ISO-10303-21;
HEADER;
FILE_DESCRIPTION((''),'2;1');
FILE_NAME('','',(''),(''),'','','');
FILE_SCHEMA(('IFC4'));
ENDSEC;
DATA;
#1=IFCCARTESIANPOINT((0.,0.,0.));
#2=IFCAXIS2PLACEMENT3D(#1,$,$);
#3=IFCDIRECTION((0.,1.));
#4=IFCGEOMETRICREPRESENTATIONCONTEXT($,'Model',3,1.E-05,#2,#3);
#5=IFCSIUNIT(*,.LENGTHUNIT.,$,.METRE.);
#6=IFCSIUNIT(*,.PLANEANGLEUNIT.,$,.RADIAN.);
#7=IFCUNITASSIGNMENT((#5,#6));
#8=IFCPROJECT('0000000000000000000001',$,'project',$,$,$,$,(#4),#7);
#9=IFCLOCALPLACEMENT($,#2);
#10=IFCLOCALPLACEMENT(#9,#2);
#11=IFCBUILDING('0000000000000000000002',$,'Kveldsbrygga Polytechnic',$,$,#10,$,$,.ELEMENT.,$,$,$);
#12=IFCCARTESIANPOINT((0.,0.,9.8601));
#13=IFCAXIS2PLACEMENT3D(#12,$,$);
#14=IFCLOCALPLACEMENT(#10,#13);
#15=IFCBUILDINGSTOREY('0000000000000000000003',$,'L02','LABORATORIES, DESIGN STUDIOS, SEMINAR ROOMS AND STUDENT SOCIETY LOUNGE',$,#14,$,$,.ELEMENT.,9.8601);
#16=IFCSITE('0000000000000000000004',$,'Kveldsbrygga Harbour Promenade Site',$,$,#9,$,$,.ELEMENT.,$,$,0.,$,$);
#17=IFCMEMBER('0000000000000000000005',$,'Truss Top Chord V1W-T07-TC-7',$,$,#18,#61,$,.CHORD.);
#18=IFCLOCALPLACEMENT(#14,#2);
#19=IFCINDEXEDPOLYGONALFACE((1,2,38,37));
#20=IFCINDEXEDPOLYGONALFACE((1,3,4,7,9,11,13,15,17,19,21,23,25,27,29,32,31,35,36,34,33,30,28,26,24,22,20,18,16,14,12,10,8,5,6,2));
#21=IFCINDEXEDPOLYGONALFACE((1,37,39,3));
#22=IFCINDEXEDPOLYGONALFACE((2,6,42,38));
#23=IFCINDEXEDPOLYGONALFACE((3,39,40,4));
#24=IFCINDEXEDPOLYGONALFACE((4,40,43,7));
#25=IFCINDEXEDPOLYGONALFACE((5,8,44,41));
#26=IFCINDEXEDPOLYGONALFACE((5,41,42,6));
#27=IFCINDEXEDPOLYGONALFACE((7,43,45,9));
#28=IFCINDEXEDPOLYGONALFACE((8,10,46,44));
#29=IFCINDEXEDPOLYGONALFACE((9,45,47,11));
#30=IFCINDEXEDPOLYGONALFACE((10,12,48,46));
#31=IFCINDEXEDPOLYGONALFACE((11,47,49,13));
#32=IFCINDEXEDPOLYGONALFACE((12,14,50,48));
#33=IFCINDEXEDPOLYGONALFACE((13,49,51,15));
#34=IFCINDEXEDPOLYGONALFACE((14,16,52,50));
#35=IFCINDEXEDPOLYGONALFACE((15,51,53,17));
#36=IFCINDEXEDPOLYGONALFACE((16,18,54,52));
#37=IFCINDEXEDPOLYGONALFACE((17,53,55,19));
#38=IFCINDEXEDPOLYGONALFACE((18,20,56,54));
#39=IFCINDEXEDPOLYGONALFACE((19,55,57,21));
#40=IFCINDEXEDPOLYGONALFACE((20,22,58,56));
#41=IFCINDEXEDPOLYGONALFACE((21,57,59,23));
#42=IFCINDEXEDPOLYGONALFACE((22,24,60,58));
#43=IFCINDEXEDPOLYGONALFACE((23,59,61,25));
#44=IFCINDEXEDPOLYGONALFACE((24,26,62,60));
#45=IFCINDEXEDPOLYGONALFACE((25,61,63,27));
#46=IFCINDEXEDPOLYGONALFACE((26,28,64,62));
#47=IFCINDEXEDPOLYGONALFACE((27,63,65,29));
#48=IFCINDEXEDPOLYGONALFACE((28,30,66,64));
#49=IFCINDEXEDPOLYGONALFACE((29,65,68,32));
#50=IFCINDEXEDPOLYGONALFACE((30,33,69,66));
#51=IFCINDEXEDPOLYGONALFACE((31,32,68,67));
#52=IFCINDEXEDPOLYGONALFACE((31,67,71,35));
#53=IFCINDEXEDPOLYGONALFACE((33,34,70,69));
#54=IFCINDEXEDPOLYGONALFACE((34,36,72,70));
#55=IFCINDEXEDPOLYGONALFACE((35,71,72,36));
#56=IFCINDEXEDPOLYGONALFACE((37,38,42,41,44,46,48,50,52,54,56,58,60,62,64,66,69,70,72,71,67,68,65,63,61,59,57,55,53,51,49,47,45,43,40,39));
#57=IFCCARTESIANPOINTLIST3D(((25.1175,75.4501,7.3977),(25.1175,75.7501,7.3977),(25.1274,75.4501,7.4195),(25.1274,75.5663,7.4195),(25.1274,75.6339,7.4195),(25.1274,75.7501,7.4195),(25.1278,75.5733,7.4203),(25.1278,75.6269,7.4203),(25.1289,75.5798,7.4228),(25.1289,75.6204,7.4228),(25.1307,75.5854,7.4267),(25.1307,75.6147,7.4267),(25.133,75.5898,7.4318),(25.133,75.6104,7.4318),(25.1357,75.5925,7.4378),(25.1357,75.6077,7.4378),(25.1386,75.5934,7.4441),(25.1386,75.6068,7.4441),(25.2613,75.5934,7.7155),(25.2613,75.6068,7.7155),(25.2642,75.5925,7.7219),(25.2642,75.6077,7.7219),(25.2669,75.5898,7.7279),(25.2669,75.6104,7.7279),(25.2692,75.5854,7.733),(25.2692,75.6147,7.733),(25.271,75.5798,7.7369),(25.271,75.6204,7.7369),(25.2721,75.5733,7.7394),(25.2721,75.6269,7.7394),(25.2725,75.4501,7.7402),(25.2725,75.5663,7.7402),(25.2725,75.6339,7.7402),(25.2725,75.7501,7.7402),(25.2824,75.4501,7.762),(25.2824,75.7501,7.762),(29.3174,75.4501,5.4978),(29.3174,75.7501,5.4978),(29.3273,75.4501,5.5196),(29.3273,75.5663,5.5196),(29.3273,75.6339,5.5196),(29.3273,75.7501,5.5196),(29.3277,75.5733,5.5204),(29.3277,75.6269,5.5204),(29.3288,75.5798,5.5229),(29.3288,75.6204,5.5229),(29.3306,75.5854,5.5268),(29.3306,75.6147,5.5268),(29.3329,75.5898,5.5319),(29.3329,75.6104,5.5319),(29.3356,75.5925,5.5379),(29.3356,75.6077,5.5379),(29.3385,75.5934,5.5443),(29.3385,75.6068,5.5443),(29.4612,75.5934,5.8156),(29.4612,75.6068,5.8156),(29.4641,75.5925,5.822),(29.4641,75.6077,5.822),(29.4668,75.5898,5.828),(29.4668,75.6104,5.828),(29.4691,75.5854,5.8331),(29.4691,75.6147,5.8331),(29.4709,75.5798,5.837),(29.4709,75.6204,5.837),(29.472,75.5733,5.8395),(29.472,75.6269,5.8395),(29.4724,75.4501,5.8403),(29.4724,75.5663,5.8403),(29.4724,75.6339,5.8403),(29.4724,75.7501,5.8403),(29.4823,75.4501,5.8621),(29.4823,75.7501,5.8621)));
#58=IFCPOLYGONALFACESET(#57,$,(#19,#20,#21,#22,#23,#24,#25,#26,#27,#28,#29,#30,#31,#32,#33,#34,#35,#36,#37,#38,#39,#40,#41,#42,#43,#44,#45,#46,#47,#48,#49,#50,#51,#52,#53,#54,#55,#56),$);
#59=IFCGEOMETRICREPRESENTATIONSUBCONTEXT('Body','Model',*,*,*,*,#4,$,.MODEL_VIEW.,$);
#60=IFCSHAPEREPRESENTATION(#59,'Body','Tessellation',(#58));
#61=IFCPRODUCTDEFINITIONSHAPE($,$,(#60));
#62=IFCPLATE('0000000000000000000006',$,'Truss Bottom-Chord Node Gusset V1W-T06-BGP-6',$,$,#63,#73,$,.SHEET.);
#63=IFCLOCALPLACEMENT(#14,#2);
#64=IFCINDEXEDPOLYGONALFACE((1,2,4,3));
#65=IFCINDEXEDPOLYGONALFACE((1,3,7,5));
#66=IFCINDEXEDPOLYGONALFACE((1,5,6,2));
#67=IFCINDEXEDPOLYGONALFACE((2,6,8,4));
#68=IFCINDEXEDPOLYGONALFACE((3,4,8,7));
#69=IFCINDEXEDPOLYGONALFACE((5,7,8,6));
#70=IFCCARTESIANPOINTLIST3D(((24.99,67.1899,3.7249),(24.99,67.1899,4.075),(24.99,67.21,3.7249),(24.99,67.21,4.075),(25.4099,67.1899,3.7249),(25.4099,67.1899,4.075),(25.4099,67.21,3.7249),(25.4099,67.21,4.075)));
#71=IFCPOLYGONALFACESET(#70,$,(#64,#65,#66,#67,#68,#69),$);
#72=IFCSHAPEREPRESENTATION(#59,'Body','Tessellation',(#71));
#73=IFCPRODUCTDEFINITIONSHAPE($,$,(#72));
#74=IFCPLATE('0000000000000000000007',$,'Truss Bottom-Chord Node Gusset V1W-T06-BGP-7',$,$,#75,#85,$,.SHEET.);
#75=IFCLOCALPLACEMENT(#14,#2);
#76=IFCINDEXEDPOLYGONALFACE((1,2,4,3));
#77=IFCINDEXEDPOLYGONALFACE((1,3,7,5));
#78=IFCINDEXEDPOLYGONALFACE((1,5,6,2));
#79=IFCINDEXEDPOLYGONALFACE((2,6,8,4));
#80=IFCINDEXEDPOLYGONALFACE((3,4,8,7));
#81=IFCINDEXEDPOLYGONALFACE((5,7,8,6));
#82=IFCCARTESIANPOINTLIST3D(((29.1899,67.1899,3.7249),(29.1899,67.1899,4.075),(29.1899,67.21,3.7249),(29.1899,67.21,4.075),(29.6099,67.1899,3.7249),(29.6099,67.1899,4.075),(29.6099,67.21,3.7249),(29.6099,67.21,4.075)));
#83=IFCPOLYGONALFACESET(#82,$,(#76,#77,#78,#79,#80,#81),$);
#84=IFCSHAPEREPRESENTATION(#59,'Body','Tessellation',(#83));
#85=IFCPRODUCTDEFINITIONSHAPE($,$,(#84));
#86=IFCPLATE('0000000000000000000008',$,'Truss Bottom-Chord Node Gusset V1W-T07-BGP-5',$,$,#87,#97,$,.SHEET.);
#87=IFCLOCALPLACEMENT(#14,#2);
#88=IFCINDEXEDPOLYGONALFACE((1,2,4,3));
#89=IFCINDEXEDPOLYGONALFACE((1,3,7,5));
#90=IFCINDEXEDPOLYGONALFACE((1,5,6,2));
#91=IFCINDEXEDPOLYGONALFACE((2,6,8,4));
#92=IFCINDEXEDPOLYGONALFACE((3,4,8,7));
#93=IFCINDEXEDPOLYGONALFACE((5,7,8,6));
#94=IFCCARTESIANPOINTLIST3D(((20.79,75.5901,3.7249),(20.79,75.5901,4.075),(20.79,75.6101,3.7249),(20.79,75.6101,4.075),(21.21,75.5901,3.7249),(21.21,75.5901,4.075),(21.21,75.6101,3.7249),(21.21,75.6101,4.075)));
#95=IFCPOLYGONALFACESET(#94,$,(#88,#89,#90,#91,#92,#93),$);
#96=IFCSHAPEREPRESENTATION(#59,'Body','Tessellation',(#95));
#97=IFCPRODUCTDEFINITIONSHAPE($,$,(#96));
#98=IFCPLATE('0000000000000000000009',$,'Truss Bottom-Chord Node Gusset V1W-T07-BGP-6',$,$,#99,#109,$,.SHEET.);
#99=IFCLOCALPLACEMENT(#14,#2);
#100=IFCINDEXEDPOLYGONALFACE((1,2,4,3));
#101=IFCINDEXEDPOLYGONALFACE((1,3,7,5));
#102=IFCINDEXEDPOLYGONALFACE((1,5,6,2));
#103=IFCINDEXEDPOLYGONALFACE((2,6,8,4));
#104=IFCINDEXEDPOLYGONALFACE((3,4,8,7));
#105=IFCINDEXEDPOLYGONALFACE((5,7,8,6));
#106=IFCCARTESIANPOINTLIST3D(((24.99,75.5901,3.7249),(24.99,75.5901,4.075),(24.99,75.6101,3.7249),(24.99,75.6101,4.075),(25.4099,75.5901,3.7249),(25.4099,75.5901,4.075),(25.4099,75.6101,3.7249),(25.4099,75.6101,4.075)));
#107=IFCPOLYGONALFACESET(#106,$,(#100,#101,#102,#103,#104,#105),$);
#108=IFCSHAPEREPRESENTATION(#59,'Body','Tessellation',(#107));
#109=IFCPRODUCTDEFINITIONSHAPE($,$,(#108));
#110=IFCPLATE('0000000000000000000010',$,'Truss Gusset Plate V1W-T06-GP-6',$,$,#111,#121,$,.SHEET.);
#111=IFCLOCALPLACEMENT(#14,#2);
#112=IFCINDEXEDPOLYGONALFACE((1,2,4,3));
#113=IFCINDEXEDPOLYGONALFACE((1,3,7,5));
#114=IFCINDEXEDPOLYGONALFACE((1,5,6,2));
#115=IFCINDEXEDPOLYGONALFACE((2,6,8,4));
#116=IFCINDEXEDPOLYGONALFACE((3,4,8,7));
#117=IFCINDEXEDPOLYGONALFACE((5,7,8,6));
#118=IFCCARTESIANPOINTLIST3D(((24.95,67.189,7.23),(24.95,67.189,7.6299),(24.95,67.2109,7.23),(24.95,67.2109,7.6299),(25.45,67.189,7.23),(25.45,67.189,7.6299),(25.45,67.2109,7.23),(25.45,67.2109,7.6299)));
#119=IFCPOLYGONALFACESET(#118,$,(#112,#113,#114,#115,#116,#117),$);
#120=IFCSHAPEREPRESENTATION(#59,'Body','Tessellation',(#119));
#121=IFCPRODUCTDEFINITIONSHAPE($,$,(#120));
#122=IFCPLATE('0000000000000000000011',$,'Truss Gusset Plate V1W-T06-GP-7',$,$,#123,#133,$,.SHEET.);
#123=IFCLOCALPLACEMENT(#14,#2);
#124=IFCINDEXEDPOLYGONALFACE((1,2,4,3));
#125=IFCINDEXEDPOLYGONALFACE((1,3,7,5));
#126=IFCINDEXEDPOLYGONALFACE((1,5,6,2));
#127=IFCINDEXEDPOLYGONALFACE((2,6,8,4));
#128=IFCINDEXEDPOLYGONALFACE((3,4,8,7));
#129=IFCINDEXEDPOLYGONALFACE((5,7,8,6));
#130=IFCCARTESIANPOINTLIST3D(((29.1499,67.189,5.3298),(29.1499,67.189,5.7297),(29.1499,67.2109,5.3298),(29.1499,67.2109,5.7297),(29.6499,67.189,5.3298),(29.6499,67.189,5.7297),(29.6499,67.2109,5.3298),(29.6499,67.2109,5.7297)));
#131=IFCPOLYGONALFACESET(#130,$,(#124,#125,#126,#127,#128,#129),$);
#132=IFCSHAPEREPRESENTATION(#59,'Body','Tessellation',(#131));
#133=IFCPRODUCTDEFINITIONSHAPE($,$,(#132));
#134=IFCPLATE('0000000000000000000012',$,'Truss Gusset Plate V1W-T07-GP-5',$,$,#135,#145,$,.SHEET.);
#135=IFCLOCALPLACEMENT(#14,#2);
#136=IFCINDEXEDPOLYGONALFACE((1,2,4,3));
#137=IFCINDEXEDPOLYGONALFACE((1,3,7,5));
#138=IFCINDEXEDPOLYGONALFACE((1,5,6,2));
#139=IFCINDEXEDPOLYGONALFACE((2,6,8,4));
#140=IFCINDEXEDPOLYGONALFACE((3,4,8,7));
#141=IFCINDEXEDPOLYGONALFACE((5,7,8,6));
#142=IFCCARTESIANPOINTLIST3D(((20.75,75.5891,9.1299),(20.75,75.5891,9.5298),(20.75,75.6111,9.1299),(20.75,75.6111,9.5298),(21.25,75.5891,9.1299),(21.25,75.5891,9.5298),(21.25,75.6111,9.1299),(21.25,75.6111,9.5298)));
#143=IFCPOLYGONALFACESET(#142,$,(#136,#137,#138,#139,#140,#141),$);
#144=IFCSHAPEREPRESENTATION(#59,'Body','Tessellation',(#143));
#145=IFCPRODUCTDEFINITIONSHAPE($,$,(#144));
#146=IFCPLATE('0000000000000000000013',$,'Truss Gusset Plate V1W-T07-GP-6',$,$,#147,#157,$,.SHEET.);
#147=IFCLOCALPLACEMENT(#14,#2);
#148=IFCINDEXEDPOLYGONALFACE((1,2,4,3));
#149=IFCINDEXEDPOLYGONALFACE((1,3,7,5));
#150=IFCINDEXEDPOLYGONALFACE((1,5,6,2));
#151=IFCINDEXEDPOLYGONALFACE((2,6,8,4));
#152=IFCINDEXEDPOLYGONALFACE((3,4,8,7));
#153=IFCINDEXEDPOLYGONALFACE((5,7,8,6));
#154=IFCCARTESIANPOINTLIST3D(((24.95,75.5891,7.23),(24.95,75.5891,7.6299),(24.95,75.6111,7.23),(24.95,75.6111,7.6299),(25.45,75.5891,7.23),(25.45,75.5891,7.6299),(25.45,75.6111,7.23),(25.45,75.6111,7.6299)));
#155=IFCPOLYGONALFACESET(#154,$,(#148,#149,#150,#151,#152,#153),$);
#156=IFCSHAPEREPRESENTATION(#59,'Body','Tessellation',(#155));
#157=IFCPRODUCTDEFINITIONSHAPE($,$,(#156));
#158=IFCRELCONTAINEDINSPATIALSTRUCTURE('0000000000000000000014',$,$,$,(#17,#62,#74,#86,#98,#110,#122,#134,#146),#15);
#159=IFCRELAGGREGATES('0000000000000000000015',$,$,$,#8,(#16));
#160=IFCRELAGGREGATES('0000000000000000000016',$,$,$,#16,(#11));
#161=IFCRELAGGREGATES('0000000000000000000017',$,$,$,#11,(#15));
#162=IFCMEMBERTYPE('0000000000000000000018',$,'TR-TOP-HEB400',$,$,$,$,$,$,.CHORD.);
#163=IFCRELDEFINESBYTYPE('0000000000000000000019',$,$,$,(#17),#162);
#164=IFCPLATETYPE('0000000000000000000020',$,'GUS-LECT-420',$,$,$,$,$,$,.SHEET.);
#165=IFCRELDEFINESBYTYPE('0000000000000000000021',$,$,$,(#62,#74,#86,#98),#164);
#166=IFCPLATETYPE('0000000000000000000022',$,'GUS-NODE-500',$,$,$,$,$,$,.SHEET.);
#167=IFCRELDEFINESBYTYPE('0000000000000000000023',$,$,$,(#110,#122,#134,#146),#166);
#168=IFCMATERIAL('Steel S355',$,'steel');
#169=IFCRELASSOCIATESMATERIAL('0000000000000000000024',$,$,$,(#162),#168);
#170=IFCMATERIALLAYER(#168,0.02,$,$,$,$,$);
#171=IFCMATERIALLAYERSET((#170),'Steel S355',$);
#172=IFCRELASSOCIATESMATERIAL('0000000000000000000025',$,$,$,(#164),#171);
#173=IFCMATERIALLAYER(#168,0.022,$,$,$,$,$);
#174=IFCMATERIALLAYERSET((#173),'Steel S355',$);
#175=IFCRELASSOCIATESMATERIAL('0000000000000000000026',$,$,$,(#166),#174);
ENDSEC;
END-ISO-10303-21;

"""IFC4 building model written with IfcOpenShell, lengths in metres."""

from ifc_helpers import new_model, si_unit, direction, frame, origin, origin_2d, place, context, subcontext, project, spatial, rectangle, i_section, extrude, material, layer, layer_set, material_profile, profile_set, type_object, element, save


model = new_model("IFC4")

# Units and contexts
model_context = context("Model", 3, precision=1e-05, world=origin(), true_north=direction((0.0, 1.0)))
body_context = subcontext(model_context, "Body", "Model", "MODEL_VIEW")
ifc_project = project(units=[si_unit("LENGTHUNIT", "METRE"), si_unit("PLANEANGLEUNIT", "RADIAN")], contexts=[model_context])

# Site, building, storey
site_placement = place(None, origin())
site = spatial("IfcSite", under=ifc_project, at=site_placement, Name="Kveldsbrygga Harbour Promenade Site", CompositionType="ELEMENT", RefElevation=0.0)
building_placement = place(site_placement, origin())
building = spatial("IfcBuilding", under=site, at=building_placement, Name="Kveldsbrygga Polytechnic", CompositionType="ELEMENT")
storey_placement = place(building_placement, frame((0.0, 0.0, 9.8601)))
storey = spatial("IfcBuildingStorey", under=building, at=storey_placement, Name="L02", Description="LABORATORIES, DESIGN STUDIOS, SEMINAR ROOMS AND STUDENT SOCIETY LOUNGE", CompositionType="ELEMENT", Elevation=9.8601)

# Member
ifc_material = material(Name="Steel S355", Category="steel")
ifc_material_profile_1 = material_profile(ifc_material, i_section(OverallWidth=0.3, OverallDepth=0.3999, WebThickness=0.0134, FlangeThickness=0.0239, FilletRadius=0.0271, at=origin_2d()), Name="HEB 400")
ifc_profile_set_1 = profile_set([ifc_material_profile_1], Name="Steel S355")
member_type_1 = type_object("IfcMemberType", Name="TR-TOP-HEB400", PredefinedType="CHORD", material=ifc_profile_set_1)
member_1_placement = place(storey_placement, frame((25.2, 75.6001, 7.5798), z_axis=(0.911114, 0.0, -0.412154), x_axis=(0.0, 1.0, 0.0)))
element("IfcMember", 1, at=member_1_placement, inside=storey, type_object=member_type_1, Name="Truss Top Chord V1W-T07-TC-7", PredefinedType="CHORD", context=body_context, shape_type="SweptSolid", body=[
    extrude(i_section(OverallWidth=0.3, OverallDepth=0.3999, WebThickness=0.0134, FlangeThickness=0.0239, FilletRadius=0.0271, at=origin_2d()), origin(), (0.0, 0.0, 1.0), 4.6096),
])

# Plates
ifc_layer_1 = layer(ifc_material, 0.02)
ifc_layer_set_1 = layer_set([ifc_layer_1], Name="Steel S355")
plate_type_1 = type_object("IfcPlateType", Name="GUS-LECT-420", PredefinedType="SHEET", material=ifc_layer_set_1)
for number, where, z_axis, x_axis, name in (
    (2, (25.2, 67.2, 3.7249), (0.0, 0.0, 1.0), (1.0, 0.0, 0.0), "Truss Bottom-Chord Node Gusset V1W-T06-BGP-6"),
    (3, (29.3999, 67.2, 3.7249), (0.0, 0.0, 1.0), (1.0, 0.0, 0.0), "Truss Bottom-Chord Node Gusset V1W-T06-BGP-7"),
    (4, (21.0, 75.6001, 3.7249), (0.0, 0.0, 1.0), (1.0, 0.0, 0.0), "Truss Bottom-Chord Node Gusset V1W-T07-BGP-5"),
    (5, (25.2, 75.6001, 3.7249), (0.0, 0.0, 1.0), (1.0, 0.0, 0.0), "Truss Bottom-Chord Node Gusset V1W-T07-BGP-6"),
):
    element("IfcPlate", number, at=place(storey_placement, frame(where, z_axis=z_axis, x_axis=x_axis)), inside=storey, type_object=plate_type_1, Name=name, PredefinedType="SHEET", context=body_context, shape_type="SweptSolid", body=[
        extrude(rectangle(XDim=0.4199, YDim=0.02, at=origin_2d()), origin(), (0.0, 0.0, 1.0), 0.3501),
    ])
ifc_layer_2 = layer(ifc_material, 0.022)
ifc_layer_set_2 = layer_set([ifc_layer_2], Name="Steel S355")
plate_type_2 = type_object("IfcPlateType", Name="GUS-NODE-500", PredefinedType="SHEET", material=ifc_layer_set_2)
for number, where, z_axis, x_axis, name in (
    (6, (25.2, 67.2, 7.23), (0.0, 0.0, 1.0), (1.0, 0.0, 0.0), "Truss Gusset Plate V1W-T06-GP-6"),
    (7, (29.3999, 67.2, 5.3298), (0.0, 0.0, 1.0), (1.0, 0.0, 0.0), "Truss Gusset Plate V1W-T06-GP-7"),
    (8, (21.0, 75.6001, 9.1299), (0.0, 0.0, 1.0), (1.0, 0.0, 0.0), "Truss Gusset Plate V1W-T07-GP-5"),
    (9, (25.2, 75.6001, 7.23), (0.0, 0.0, 1.0), (1.0, 0.0, 0.0), "Truss Gusset Plate V1W-T07-GP-6"),
):
    element("IfcPlate", number, at=place(storey_placement, frame(where, z_axis=z_axis, x_axis=x_axis)), inside=storey, type_object=plate_type_2, Name=name, PredefinedType="SHEET", context=body_context, shape_type="SweptSolid", body=[
        extrude(rectangle(XDim=0.5, YDim=0.022, at=origin_2d()), origin(), (0.0, 0.0, 1.0), 0.3999),
    ])

save(model, "model.ifc")
